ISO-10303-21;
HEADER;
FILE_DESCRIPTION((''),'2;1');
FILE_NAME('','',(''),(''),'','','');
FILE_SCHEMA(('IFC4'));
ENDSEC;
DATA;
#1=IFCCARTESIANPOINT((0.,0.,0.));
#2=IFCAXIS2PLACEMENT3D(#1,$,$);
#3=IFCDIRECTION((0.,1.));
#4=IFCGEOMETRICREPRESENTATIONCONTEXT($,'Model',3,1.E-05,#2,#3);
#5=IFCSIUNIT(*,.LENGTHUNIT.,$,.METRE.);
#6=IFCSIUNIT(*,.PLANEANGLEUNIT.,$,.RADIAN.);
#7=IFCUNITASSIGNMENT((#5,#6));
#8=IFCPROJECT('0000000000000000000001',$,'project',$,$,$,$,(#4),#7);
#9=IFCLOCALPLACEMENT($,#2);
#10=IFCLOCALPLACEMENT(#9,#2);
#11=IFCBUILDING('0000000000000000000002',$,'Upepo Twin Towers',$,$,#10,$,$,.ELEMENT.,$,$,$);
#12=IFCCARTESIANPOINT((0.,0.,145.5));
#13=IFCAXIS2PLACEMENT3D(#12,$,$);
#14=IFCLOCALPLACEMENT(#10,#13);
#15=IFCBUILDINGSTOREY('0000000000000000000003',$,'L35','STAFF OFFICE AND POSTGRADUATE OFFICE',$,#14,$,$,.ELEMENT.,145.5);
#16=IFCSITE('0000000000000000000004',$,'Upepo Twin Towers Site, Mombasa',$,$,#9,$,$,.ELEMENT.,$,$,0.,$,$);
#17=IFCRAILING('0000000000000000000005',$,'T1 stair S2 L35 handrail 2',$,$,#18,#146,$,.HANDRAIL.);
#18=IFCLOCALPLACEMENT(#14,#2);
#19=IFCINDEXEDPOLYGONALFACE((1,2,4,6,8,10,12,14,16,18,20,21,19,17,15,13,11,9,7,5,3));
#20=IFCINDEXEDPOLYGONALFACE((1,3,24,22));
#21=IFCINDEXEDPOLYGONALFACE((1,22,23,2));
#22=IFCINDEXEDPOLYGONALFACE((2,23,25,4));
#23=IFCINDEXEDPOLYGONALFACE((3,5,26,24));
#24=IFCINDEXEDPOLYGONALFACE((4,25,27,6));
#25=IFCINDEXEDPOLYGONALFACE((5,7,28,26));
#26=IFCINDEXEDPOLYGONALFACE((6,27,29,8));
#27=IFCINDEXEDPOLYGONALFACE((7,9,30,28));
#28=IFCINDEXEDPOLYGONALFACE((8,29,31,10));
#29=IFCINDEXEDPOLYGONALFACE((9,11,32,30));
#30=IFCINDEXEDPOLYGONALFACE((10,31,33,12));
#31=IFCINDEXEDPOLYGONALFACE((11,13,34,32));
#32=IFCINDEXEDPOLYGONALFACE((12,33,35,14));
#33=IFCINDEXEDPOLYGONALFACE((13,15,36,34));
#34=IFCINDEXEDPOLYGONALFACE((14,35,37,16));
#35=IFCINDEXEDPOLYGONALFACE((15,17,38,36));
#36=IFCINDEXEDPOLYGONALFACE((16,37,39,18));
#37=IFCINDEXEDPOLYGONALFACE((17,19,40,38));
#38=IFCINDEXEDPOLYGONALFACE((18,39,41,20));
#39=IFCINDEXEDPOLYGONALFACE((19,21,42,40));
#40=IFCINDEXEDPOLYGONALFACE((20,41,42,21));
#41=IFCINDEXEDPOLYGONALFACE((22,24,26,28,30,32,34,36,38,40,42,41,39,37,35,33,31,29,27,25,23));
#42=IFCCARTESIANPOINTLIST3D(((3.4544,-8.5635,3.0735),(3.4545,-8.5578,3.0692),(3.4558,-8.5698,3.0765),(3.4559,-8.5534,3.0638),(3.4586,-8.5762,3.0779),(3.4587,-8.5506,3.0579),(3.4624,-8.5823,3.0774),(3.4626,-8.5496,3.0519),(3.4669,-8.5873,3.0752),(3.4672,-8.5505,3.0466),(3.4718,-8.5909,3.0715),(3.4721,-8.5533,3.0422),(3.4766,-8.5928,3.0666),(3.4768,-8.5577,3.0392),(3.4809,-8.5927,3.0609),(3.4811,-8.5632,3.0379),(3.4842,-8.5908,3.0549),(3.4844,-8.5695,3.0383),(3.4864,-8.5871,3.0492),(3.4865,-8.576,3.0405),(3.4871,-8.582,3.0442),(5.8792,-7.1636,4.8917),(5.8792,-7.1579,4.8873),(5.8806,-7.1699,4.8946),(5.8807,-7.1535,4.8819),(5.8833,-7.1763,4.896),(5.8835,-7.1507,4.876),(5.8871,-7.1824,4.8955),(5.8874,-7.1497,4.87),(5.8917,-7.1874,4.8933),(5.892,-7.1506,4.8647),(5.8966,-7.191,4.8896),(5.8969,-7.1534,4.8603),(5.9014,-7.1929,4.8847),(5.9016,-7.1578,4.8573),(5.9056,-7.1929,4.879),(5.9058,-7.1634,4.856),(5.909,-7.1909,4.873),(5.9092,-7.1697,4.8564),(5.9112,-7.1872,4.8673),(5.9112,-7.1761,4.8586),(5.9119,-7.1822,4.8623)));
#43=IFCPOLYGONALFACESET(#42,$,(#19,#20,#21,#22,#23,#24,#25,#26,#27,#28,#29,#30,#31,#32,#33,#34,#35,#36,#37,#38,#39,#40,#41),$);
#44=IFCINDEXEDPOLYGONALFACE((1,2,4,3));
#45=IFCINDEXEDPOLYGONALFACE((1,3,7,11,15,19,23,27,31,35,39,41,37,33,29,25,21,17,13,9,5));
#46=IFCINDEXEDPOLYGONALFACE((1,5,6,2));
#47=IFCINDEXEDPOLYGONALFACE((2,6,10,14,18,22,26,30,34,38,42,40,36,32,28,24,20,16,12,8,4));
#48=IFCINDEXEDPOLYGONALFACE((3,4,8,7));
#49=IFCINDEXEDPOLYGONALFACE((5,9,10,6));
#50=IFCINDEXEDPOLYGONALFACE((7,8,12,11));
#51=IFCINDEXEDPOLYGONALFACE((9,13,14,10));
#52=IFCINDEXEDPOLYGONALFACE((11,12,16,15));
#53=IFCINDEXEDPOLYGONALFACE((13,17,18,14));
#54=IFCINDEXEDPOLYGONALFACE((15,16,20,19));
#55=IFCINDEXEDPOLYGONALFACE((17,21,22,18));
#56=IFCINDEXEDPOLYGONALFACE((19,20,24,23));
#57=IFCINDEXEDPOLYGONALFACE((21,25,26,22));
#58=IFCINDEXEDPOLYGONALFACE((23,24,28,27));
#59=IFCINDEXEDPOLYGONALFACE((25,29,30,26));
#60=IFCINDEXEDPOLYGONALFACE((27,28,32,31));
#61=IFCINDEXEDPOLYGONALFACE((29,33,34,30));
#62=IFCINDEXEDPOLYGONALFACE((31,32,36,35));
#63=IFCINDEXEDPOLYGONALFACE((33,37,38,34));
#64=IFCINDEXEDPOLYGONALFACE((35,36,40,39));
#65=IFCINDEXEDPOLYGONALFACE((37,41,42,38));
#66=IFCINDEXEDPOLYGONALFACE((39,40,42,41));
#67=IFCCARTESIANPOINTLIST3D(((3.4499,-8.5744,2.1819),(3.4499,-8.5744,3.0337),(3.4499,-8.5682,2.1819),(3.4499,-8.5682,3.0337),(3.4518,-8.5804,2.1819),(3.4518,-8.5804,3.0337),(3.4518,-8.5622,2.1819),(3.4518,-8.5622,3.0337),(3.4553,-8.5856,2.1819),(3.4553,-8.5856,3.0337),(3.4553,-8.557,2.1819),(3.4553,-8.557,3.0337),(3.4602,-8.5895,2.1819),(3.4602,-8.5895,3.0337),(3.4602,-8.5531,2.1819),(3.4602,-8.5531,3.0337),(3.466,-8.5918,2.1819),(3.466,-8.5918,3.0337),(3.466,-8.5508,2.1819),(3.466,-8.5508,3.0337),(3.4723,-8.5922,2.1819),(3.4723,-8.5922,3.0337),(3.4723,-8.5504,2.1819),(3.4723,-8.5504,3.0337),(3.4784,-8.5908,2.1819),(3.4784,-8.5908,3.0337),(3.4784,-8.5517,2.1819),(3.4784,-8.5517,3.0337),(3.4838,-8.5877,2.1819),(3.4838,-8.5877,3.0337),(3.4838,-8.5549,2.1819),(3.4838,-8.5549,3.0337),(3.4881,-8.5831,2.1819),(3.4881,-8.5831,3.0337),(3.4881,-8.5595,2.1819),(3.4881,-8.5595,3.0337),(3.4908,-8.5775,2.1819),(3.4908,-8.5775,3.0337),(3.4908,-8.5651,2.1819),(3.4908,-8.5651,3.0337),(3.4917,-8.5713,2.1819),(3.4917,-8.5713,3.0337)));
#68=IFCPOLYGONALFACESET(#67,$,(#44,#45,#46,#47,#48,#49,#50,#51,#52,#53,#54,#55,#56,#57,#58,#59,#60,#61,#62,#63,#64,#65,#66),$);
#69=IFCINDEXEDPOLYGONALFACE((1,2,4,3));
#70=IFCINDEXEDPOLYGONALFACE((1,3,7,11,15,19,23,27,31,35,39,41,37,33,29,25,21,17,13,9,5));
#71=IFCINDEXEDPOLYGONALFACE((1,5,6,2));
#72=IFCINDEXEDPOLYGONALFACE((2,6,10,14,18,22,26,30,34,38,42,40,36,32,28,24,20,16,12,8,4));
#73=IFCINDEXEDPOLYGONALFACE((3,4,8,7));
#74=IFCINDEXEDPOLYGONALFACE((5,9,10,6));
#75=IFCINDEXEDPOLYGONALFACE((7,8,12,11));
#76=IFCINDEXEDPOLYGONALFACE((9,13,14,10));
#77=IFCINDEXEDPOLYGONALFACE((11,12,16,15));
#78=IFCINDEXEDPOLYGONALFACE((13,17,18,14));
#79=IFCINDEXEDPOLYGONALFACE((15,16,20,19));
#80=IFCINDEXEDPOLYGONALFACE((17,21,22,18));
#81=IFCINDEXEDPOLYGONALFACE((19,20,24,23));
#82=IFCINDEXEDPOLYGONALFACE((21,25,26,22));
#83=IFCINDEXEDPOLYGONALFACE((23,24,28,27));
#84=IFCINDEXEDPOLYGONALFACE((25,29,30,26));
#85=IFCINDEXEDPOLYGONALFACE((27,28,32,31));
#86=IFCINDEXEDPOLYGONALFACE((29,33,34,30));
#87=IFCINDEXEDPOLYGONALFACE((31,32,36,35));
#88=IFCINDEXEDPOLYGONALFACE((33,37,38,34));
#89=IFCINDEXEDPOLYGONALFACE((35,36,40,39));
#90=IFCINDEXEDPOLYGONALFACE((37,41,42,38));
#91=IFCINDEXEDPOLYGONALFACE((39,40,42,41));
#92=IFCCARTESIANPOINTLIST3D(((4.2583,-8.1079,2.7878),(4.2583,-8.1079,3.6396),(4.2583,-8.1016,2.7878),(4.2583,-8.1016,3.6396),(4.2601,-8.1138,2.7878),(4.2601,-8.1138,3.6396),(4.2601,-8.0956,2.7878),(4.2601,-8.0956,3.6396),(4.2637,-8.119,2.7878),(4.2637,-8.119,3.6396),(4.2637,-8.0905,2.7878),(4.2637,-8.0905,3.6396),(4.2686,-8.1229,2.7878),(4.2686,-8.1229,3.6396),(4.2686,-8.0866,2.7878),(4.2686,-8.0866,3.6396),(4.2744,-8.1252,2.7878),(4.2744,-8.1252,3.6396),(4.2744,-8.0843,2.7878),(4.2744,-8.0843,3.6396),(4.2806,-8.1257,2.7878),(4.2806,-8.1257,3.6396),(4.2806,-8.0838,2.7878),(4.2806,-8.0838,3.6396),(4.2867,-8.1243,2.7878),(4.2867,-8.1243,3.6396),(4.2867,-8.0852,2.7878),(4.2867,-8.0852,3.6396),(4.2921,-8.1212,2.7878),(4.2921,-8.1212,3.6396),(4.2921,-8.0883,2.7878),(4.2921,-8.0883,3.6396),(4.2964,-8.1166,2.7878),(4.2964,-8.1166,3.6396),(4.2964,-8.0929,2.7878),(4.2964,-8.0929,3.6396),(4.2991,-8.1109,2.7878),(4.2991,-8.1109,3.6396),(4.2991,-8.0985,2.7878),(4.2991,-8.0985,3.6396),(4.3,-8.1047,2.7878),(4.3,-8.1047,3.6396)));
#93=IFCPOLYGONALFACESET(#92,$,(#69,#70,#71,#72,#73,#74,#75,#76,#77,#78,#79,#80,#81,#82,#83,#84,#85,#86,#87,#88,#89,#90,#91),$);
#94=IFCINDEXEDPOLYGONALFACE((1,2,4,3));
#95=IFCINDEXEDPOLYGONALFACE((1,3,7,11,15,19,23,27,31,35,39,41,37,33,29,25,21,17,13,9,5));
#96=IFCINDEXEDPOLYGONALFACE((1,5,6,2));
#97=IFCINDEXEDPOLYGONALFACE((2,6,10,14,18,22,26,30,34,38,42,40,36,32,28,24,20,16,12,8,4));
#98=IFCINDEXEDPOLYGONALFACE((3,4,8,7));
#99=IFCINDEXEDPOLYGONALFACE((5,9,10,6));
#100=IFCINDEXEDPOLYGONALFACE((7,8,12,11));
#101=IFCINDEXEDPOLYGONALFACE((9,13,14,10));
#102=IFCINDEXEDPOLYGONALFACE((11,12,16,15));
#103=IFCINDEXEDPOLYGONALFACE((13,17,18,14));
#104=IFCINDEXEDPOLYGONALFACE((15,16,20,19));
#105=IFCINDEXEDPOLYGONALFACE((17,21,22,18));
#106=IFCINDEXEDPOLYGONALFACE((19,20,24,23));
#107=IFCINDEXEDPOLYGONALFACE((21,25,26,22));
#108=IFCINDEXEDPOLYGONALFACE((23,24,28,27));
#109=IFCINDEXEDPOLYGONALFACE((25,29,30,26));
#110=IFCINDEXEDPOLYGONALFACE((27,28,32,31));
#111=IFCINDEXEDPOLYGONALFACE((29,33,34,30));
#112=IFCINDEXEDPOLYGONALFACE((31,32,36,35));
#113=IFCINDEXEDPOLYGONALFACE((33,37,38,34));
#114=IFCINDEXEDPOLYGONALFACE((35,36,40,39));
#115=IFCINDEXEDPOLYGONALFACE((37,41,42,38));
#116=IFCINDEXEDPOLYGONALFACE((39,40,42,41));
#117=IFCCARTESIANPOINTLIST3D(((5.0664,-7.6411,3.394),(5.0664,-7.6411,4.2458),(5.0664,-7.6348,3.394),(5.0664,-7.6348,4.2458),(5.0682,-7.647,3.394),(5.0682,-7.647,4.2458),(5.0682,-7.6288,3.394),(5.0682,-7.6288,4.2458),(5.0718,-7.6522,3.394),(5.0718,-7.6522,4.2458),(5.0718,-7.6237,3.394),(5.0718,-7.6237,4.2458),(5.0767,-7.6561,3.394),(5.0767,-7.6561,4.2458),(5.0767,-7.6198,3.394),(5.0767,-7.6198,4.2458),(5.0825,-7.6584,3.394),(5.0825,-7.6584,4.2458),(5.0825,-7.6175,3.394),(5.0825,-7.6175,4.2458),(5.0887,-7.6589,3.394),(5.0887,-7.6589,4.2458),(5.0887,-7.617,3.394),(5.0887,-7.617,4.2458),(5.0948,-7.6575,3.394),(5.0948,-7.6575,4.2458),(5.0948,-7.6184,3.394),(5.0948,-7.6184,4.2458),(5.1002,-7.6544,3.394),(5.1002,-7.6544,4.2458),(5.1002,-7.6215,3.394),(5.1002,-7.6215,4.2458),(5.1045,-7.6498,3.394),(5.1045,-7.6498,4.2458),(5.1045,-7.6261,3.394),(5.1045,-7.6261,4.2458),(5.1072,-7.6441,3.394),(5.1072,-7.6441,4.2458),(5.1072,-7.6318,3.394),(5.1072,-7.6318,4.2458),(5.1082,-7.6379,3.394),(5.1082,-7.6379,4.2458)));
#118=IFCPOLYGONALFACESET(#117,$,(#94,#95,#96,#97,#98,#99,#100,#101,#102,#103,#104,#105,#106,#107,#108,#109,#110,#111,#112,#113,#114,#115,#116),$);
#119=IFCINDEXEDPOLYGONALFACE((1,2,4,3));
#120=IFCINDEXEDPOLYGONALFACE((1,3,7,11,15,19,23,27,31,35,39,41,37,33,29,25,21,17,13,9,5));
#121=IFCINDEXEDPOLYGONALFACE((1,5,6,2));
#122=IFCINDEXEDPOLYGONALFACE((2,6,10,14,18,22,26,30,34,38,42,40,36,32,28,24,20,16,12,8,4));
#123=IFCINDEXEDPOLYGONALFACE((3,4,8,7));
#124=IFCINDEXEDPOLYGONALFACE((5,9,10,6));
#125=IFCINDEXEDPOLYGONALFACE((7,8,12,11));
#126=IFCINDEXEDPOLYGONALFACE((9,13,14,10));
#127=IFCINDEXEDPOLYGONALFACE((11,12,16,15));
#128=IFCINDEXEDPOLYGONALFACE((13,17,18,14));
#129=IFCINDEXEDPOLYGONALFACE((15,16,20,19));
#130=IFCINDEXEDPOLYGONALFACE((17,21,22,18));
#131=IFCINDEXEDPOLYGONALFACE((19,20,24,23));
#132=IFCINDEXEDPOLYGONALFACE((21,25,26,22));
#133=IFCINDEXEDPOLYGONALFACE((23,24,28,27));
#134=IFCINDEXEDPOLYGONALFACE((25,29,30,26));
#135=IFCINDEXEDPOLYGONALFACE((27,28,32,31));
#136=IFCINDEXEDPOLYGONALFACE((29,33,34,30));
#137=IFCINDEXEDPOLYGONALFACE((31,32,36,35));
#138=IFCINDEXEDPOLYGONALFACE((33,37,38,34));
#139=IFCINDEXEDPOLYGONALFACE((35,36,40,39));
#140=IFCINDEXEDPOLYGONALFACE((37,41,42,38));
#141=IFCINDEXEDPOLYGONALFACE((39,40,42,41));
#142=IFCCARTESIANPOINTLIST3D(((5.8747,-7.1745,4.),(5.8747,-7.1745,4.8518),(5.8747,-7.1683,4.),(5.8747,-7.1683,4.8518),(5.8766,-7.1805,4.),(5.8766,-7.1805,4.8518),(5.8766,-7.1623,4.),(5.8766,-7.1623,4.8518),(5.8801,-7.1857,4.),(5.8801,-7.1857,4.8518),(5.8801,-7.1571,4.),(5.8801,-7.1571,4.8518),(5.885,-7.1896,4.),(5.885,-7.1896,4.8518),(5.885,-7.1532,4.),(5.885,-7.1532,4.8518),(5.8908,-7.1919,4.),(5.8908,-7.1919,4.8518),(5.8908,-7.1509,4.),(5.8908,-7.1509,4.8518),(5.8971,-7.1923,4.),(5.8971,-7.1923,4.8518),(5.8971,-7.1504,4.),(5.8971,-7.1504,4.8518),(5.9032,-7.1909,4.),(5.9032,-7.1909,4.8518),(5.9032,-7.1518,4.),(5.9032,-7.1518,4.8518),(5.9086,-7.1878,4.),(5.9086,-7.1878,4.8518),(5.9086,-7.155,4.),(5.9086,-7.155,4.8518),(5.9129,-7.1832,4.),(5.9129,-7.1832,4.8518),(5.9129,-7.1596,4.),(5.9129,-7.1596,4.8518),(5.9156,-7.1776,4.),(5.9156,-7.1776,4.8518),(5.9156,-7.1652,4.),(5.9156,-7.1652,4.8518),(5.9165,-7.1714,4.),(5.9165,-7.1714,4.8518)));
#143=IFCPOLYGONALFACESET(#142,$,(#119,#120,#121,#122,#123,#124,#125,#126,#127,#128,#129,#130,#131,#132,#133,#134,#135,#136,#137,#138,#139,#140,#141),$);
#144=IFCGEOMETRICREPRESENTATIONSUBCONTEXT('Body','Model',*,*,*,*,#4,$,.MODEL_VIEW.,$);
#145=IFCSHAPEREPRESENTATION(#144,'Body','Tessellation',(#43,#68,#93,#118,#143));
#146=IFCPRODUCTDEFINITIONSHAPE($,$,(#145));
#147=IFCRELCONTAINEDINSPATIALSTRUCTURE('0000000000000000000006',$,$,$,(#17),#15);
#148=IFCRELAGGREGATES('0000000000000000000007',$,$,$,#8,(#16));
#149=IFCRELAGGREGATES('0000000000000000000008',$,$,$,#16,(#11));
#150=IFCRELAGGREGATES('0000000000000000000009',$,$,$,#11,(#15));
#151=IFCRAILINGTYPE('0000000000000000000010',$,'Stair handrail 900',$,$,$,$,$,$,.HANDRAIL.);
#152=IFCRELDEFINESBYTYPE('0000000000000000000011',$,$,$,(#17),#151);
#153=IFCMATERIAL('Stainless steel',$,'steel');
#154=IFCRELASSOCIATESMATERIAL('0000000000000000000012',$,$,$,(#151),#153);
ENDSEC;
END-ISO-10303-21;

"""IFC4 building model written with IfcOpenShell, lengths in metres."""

from ifc_helpers import new_model, si_unit, direction, frame, origin, origin_2d, place, context, subcontext, project, spatial, circle, extrude, material, type_object, element, save


model = new_model("IFC4")

# Units and contexts
model_context = context("Model", 3, precision=1e-05, world=origin(), true_north=direction((0.0, 1.0)))
body_context = subcontext(model_context, "Body", "Model", "MODEL_VIEW")
ifc_project = project(units=[si_unit("LENGTHUNIT", "METRE"), si_unit("PLANEANGLEUNIT", "RADIAN")], contexts=[model_context])

# Site, building, storey
site_placement = place(None, origin())
site = spatial("IfcSite", under=ifc_project, at=site_placement, Name="Upepo Twin Towers Site, Mombasa", CompositionType="ELEMENT", RefElevation=0.0)
building_placement = place(site_placement, origin())
building = spatial("IfcBuilding", under=site, at=building_placement, Name="Upepo Twin Towers", CompositionType="ELEMENT")
storey_placement = place(building_placement, frame((0.0, 0.0, 145.5)))
storey = spatial("IfcBuildingStorey", under=building, at=storey_placement, Name="L35", Description="STAFF OFFICE AND POSTGRADUATE OFFICE", CompositionType="ELEMENT", Elevation=145.5)

# Railing
ifc_material_1 = material(Name="Stainless steel", Category="steel")
railing_type = type_object("IfcRailingType", Name="Stair handrail 900", PredefinedType="HANDRAIL", material=ifc_material_1)
railing_placement = place(storey_placement, frame((3.4707, -8.5713, 2.1819)))
element("IfcRailing", 1, at=railing_placement, inside=storey, type_object=railing_type, Name="T1 stair S2 L35 handrail 2", PredefinedType="HANDRAIL", context=body_context, shape_type="SweptSolid", body=[
    extrude(circle(Radius=0.0239, at=origin_2d()), frame((0.0, 0.0, 0.876), z_axis=(0.726336, 0.419333, 0.544606), x_axis=(-0.499984, 0.866035, 0.0)), (0.0, 0.0, 1.0), 3.3384),
    extrude(circle(Radius=0.021, at=origin_2d()), origin(), (0.0, 0.0, 1.0), 0.8518),
    extrude(circle(Radius=0.021, at=origin_2d()), frame((0.8083, 0.4666, 0.606)), (0.0, 0.0, 1.0), 0.8518),
    extrude(circle(Radius=0.021, at=origin_2d()), frame((1.6165, 0.9333, 1.2122)), (0.0, 0.0, 1.0), 0.8518),
    extrude(circle(Radius=0.021, at=origin_2d()), frame((2.4248, 1.3999, 1.8181)), (0.0, 0.0, 1.0), 0.8518),
])

save(model, "model.ifc")
